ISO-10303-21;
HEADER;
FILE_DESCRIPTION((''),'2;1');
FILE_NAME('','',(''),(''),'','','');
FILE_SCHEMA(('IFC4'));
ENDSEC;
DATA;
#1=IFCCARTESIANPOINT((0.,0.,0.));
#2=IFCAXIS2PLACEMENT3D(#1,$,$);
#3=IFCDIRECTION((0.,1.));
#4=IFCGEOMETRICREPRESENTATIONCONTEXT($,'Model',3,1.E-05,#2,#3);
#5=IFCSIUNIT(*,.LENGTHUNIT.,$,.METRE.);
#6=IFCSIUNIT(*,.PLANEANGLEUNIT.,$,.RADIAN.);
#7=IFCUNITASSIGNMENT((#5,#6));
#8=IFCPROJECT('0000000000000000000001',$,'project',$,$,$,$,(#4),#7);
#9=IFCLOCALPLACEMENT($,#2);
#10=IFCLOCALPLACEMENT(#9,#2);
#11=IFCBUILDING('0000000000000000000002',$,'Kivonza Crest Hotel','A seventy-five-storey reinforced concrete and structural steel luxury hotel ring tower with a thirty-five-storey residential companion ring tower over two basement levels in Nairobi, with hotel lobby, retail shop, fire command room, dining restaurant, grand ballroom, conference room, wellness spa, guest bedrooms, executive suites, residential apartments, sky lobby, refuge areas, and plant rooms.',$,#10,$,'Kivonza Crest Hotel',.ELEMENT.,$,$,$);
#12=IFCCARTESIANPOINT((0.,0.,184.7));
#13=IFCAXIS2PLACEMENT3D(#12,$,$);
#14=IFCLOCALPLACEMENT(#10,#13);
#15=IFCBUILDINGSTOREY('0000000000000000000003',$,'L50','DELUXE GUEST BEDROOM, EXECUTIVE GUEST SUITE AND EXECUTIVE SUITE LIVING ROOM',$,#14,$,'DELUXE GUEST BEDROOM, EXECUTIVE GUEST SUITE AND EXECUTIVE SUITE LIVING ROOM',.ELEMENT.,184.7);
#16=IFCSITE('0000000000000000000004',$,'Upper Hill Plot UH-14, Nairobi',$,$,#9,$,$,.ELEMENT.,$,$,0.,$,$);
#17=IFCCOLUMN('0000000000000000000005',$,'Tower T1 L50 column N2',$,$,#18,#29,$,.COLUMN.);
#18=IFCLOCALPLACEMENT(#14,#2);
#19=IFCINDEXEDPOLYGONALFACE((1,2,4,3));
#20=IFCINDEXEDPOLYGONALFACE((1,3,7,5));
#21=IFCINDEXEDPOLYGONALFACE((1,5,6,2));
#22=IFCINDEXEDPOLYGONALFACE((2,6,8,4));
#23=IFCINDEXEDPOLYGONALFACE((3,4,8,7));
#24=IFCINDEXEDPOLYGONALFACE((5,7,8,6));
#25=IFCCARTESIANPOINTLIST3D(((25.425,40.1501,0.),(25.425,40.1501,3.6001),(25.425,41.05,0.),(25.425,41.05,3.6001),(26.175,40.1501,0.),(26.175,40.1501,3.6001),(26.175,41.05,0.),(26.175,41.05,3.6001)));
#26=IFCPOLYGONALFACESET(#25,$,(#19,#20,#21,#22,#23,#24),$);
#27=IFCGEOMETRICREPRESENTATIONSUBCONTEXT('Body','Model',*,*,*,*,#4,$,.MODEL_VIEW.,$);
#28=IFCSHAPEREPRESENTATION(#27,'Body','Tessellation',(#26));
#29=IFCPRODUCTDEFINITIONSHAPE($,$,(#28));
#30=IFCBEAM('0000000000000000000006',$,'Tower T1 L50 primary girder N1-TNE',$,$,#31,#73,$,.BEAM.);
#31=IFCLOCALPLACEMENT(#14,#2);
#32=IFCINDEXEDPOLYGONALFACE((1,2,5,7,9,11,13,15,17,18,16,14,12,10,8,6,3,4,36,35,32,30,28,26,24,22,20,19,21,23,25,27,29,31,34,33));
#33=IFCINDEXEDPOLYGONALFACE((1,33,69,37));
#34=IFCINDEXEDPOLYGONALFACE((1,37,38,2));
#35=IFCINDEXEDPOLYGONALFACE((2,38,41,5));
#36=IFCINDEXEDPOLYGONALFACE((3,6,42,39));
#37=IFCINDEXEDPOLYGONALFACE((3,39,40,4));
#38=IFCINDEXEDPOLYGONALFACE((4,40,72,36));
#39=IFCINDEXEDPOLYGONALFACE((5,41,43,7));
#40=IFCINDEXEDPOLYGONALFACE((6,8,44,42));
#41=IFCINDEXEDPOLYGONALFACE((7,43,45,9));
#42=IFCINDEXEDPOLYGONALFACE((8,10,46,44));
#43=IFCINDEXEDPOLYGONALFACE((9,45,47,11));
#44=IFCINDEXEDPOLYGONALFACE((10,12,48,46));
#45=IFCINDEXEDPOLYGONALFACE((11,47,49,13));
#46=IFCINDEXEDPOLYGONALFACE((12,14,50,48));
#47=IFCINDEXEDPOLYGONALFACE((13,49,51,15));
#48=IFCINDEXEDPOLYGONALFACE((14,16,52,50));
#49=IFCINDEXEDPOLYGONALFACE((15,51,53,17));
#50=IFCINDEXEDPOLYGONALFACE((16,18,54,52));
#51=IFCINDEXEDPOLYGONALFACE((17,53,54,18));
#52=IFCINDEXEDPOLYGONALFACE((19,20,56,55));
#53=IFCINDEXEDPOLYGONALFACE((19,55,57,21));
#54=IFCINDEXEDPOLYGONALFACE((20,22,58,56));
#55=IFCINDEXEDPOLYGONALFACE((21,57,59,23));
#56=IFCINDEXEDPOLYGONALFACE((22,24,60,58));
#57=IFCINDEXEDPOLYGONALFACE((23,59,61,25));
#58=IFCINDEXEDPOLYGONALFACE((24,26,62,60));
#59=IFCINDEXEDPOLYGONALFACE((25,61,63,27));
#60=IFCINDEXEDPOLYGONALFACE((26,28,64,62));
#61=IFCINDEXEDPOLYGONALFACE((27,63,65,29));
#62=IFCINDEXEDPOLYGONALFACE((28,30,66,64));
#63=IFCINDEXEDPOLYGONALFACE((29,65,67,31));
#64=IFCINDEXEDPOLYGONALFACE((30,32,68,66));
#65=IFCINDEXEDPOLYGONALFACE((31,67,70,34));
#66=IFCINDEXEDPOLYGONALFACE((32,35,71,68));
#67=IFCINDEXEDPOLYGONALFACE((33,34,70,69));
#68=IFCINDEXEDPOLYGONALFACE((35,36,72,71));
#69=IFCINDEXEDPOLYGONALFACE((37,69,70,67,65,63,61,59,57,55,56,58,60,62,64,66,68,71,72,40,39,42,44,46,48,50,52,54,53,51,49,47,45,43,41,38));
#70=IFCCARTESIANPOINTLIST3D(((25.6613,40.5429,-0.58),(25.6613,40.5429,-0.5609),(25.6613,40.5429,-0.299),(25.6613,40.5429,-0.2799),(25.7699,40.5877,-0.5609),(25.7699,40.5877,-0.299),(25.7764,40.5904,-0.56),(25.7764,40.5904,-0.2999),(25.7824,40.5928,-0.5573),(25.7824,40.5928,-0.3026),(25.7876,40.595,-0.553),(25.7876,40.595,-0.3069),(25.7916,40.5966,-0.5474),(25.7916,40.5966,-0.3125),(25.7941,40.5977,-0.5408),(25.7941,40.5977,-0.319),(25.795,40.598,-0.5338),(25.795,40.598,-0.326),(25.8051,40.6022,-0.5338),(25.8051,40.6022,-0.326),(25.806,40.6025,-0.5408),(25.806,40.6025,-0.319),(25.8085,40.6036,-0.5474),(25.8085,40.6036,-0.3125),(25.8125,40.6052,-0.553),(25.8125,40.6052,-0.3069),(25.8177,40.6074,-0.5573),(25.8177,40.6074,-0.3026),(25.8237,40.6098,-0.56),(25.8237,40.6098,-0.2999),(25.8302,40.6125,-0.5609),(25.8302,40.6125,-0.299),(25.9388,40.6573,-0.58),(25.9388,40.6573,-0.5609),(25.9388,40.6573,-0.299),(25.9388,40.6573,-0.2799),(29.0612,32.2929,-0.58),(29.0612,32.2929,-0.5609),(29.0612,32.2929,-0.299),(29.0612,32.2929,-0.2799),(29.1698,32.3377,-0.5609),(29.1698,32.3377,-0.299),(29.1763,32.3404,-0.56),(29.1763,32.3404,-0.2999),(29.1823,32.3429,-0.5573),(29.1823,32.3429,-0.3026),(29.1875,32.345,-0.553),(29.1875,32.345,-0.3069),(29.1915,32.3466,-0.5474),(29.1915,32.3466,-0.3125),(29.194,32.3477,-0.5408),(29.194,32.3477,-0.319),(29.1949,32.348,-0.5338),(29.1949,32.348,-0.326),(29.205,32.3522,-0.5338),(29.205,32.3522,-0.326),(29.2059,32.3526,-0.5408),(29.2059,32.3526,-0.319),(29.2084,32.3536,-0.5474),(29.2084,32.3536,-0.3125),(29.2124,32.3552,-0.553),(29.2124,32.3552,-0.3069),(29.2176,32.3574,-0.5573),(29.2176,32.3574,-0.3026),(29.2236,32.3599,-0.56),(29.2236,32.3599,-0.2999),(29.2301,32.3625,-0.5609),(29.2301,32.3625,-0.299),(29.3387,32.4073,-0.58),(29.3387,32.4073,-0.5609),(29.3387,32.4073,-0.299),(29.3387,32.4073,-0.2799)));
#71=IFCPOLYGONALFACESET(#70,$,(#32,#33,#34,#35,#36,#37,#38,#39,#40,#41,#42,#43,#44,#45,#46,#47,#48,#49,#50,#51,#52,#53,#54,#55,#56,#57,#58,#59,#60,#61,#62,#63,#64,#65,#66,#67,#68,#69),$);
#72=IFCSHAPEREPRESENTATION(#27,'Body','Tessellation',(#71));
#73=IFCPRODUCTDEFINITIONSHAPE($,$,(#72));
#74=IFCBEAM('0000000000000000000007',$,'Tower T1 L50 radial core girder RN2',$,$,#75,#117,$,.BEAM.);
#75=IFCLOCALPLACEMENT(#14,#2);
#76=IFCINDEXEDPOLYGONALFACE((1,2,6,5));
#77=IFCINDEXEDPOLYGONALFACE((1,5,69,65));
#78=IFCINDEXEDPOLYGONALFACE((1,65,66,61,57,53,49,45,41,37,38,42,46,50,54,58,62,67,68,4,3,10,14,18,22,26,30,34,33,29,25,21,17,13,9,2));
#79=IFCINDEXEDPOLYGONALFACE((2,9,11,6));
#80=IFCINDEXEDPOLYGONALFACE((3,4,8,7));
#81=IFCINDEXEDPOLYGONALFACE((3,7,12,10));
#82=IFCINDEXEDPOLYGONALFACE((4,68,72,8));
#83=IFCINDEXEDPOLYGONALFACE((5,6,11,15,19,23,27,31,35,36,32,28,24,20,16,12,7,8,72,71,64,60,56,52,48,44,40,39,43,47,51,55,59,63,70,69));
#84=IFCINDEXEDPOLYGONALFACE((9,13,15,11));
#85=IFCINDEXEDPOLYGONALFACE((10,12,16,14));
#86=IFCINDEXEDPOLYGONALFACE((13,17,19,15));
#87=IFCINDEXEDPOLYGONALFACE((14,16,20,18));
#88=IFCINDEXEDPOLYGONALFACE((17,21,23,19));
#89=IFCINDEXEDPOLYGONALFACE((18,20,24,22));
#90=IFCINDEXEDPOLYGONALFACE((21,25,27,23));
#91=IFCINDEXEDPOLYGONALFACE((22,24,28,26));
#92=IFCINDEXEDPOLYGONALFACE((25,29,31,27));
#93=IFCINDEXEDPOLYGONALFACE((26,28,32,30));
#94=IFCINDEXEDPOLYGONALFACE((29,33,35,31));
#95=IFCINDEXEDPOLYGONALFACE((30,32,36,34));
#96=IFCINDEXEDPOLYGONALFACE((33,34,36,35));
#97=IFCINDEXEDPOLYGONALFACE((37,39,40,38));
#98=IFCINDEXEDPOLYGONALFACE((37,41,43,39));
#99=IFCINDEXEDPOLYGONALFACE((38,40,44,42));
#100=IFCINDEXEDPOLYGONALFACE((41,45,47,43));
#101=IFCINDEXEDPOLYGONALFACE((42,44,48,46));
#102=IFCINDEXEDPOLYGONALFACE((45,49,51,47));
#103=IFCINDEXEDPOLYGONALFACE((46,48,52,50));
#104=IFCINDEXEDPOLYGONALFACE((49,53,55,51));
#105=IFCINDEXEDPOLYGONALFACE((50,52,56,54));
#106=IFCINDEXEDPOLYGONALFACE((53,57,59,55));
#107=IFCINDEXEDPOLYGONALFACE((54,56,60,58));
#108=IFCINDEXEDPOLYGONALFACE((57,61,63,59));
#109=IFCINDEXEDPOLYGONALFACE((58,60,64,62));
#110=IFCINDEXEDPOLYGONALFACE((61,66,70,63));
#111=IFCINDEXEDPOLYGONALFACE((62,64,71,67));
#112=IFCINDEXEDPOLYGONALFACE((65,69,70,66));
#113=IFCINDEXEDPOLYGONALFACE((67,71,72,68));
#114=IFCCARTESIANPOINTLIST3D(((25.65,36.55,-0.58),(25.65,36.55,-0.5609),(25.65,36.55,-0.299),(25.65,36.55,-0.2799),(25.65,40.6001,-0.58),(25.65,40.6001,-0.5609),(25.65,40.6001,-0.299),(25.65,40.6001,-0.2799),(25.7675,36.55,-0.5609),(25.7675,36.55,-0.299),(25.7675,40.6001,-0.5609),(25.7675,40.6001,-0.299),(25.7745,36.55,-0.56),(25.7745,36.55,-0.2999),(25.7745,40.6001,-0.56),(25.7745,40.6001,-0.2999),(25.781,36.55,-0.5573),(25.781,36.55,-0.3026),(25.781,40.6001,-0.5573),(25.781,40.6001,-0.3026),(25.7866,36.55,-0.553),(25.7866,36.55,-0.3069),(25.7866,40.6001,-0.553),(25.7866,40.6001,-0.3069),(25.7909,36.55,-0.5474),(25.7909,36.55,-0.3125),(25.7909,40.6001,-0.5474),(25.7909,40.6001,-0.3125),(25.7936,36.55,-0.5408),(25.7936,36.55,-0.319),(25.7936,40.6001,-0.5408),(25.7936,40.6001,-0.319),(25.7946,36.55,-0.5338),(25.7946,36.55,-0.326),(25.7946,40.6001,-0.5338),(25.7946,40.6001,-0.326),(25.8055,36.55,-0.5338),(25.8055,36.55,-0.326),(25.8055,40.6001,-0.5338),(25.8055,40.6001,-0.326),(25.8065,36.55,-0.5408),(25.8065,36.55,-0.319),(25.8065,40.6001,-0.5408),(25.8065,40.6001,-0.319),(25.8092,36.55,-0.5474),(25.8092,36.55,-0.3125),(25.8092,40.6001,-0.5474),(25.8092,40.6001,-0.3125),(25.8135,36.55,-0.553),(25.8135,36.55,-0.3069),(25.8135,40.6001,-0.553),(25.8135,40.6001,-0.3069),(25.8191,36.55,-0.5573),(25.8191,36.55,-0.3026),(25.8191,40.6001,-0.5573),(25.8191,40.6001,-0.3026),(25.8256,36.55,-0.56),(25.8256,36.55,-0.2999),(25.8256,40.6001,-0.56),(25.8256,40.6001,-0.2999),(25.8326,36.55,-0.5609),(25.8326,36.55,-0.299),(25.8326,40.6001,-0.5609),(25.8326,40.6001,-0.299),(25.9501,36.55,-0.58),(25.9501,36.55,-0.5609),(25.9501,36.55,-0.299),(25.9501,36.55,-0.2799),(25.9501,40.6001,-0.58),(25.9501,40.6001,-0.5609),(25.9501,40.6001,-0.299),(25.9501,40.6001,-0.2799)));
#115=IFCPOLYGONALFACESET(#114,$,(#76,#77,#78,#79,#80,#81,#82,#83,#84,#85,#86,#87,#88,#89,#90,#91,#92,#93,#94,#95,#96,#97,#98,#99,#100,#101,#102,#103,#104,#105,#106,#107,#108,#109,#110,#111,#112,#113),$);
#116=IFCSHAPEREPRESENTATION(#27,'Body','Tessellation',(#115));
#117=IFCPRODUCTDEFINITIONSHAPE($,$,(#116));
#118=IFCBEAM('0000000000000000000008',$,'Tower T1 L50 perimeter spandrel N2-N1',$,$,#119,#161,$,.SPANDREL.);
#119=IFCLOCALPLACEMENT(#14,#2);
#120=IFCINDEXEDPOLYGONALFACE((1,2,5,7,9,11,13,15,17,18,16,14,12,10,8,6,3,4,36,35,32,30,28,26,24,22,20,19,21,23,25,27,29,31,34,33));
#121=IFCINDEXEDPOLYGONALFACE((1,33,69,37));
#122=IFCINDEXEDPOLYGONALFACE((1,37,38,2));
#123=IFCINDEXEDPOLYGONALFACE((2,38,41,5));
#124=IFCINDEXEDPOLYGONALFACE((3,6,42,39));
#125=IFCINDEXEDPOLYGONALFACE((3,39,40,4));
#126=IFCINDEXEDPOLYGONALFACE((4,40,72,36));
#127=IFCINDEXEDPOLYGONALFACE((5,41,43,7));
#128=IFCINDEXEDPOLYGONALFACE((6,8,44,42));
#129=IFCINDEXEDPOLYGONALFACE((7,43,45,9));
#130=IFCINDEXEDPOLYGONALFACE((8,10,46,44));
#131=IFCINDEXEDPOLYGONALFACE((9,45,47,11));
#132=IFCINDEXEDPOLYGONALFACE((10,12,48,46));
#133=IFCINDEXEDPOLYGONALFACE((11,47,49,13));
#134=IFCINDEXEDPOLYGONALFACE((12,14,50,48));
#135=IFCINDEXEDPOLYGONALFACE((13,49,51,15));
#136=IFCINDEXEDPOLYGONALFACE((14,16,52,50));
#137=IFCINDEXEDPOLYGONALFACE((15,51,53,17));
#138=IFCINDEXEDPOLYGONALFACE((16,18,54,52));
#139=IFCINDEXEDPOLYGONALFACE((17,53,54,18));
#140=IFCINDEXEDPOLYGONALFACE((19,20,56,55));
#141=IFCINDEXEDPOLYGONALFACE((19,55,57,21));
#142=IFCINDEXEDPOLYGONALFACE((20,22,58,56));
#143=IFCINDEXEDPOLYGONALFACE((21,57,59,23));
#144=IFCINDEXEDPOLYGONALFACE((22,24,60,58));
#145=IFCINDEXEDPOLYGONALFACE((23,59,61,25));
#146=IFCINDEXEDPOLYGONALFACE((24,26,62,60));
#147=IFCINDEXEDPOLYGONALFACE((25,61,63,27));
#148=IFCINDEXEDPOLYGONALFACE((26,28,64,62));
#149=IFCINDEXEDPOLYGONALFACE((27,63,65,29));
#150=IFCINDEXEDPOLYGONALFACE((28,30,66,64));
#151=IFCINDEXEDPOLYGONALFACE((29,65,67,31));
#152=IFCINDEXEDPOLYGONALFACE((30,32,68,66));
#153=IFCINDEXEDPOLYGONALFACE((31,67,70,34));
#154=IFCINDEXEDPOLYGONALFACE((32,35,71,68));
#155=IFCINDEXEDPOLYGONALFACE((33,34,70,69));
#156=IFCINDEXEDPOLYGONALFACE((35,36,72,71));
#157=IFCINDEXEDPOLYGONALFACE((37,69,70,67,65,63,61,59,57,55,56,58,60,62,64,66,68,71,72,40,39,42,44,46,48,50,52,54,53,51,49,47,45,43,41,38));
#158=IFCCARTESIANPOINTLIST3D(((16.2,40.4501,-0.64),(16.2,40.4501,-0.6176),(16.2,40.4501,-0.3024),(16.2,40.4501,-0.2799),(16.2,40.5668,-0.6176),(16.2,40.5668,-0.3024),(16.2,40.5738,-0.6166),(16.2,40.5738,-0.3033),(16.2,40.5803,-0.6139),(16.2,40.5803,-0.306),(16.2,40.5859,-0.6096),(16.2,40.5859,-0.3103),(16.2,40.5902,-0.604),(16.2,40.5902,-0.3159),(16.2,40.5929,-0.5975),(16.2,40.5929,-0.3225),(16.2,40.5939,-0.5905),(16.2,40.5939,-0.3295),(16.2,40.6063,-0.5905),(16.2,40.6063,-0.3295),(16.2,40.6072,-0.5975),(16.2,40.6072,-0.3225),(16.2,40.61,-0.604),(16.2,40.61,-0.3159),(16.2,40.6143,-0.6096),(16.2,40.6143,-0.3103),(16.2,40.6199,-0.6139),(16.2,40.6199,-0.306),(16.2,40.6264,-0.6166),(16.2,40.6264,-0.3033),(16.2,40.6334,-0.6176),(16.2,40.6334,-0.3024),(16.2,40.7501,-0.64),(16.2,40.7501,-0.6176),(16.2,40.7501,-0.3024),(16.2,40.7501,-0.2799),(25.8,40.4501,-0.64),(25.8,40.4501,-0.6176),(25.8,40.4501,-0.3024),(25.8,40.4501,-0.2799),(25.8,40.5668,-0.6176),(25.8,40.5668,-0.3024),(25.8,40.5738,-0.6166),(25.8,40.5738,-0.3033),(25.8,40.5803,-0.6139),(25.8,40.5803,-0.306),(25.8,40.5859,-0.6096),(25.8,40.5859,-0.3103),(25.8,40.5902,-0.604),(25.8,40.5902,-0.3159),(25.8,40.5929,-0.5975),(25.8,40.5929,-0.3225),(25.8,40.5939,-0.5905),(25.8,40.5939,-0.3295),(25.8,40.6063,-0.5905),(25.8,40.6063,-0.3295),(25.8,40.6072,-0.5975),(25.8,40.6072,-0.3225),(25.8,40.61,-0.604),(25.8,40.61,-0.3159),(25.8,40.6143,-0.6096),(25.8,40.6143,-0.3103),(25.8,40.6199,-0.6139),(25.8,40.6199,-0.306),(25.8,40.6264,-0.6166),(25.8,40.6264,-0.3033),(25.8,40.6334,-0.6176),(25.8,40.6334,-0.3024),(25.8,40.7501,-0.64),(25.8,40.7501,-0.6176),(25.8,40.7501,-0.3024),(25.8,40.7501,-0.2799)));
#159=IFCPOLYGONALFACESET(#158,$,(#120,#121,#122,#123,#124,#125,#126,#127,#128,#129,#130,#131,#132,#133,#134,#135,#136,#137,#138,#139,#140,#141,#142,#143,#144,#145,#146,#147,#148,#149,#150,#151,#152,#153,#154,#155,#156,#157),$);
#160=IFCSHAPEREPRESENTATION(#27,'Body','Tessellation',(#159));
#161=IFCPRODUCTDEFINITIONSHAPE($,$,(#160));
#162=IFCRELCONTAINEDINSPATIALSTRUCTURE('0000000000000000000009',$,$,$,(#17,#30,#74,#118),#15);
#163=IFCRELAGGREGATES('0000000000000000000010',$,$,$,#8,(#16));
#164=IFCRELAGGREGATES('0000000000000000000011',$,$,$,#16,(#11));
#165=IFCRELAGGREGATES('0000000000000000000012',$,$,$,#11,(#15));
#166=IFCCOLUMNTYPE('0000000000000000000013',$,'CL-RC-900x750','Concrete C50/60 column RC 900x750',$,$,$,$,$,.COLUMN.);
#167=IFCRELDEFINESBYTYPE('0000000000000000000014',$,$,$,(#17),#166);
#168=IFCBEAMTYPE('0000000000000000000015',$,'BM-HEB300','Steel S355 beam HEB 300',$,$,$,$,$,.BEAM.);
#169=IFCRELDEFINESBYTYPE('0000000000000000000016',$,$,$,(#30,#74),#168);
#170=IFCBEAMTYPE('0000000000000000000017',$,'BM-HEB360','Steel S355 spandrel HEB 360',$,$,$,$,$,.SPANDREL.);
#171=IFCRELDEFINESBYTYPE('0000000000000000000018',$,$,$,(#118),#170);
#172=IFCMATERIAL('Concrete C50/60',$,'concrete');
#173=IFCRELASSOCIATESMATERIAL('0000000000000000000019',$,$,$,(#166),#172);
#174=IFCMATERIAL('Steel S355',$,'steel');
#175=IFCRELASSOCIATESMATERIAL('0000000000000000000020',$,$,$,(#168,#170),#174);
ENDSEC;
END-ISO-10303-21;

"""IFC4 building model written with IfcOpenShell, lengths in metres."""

from ifc_helpers import new_model, si_unit, direction, frame, origin, origin_2d, place, context, subcontext, project, spatial, rectangle, i_section, extrude, material, material_profile, profile_set, type_object, element, save


model = new_model("IFC4")

# Units and contexts
model_context = context("Model", 3, precision=1e-05, world=origin(), true_north=direction((0.0, 1.0)))
body_context = subcontext(model_context, "Body", "Model", "MODEL_VIEW")
ifc_project = project(units=[si_unit("LENGTHUNIT", "METRE"), si_unit("PLANEANGLEUNIT", "RADIAN")], contexts=[model_context])

# Site, building, storey
site_placement = place(None, origin())
site = spatial("IfcSite", under=ifc_project, at=site_placement, Name="Upper Hill Plot UH-14, Nairobi", CompositionType="ELEMENT", RefElevation=0.0)
building_placement = place(site_placement, origin())
building = spatial("IfcBuilding", under=site, at=building_placement, Name="Kivonza Crest Hotel", Description="A seventy-five-storey reinforced concrete and structural steel luxury hotel ring tower with a thirty-five-storey residential companion ring tower over two basement levels in Nairobi, with hotel lobby, retail shop, fire command room, dining restaurant, grand ballroom, conference room, wellness spa, guest bedrooms, executive suites, residential apartments, sky lobby, refuge areas, and plant rooms.", LongName="Kivonza Crest Hotel", CompositionType="ELEMENT")
storey_placement = place(building_placement, frame((0.0, 0.0, 184.7)))
storey = spatial("IfcBuildingStorey", under=building, at=storey_placement, Name="L50", Description="DELUXE GUEST BEDROOM, EXECUTIVE GUEST SUITE AND EXECUTIVE SUITE LIVING ROOM", LongName="DELUXE GUEST BEDROOM, EXECUTIVE GUEST SUITE AND EXECUTIVE SUITE LIVING ROOM", CompositionType="ELEMENT", Elevation=184.7)

# Column
ifc_material_1 = material(Name="Concrete C50/60", Category="concrete")
ifc_material_profile_1 = material_profile(ifc_material_1, rectangle(XDim=0.75, YDim=0.8999, at=origin_2d()), Name="RC 900x750")
ifc_profile_set_1 = profile_set([ifc_material_profile_1], Name="Concrete C50/60")
column_type = type_object("IfcColumnType", Name="CL-RC-900x750", Description="Concrete C50/60 column RC 900x750", PredefinedType="COLUMN", material=ifc_profile_set_1)
column_placement = place(storey_placement, frame((25.8, 40.6001, 0.0), z_axis=(0.0, 0.0, 1.0), x_axis=(1.0, 0.0, 0.0)))
element("IfcColumn", 1, at=column_placement, inside=storey, type_object=column_type, Name="Tower T1 L50 column N2", PredefinedType="COLUMN", context=body_context, shape_type="SweptSolid", body=[
    extrude(rectangle(XDim=0.75, YDim=0.8999, at=origin_2d()), origin(), (0.0, 0.0, 1.0), 3.6001),
])

# Beams
ifc_material_2 = material(Name="Steel S355", Category="steel")
ifc_material_profile_2 = material_profile(ifc_material_2, i_section(OverallWidth=0.3, OverallDepth=0.3, WebThickness=0.011, FlangeThickness=0.019, FilletRadius=0.0271, at=origin_2d()), Name="HEB 300")
ifc_profile_set_2 = profile_set([ifc_material_profile_2], Name="Steel S355")
beam_type_1 = type_object("IfcBeamType", Name="BM-HEB300", Description="Steel S355 beam HEB 300", PredefinedType="BEAM", material=ifc_profile_set_2)
beam_1_placement = place(storey_placement, frame((25.8, 40.6001, -0.4299), z_axis=(0.381022, -0.924566, 0.0), x_axis=(0.924566, 0.381022, 0.0)))
element("IfcBeam", 2, at=beam_1_placement, inside=storey, type_object=beam_type_1, Name="Tower T1 L50 primary girder N1-TNE", PredefinedType="BEAM", context=body_context, shape_type="SweptSolid", body=[
    extrude(i_section(OverallWidth=0.3, OverallDepth=0.3, WebThickness=0.011, FlangeThickness=0.019, FilletRadius=0.0271, at=origin_2d()), origin(), (0.0, 0.0, 1.0), 8.9231),
])
beam_2_placement = place(storey_placement, frame((25.8, 40.6001, -0.4299), z_axis=(0.0, -1.0, 0.0), x_axis=(1.0, 0.0, 0.0)))
element("IfcBeam", 3, at=beam_2_placement, inside=storey, type_object=beam_type_1, Name="Tower T1 L50 radial core girder RN2", PredefinedType="BEAM", context=body_context, shape_type="SweptSolid", body=[
    extrude(i_section(OverallWidth=0.3, OverallDepth=0.3, WebThickness=0.011, FlangeThickness=0.019, FilletRadius=0.0271, at=origin_2d()), origin(), (0.0, 0.0, 1.0), 4.05),
])
ifc_material_profile_3 = material_profile(ifc_material_2, i_section(OverallWidth=0.3, OverallDepth=0.3601, WebThickness=0.0125, FlangeThickness=0.0225, FilletRadius=0.0271, at=origin_2d()), Name="HEB 360")
ifc_profile_set_3 = profile_set([ifc_material_profile_3], Name="Steel S355")
beam_type_2 = type_object("IfcBeamType", Name="BM-HEB360", Description="Steel S355 spandrel HEB 360", PredefinedType="SPANDREL", material=ifc_profile_set_3)
beam_3_placement = place(storey_placement, frame((25.8, 40.6001, -0.46), z_axis=(-1.0, 0.0, 0.0), x_axis=(0.0, -1.0, 0.0)))
element("IfcBeam", 4, at=beam_3_placement, inside=storey, type_object=beam_type_2, Name="Tower T1 L50 perimeter spandrel N2-N1", PredefinedType="SPANDREL", context=body_context, shape_type="SweptSolid", body=[
    extrude(i_section(OverallWidth=0.3, OverallDepth=0.3601, WebThickness=0.0125, FlangeThickness=0.0225, FilletRadius=0.0271, at=origin_2d()), origin(), (0.0, 0.0, 1.0), 9.6001),
])

save(model, "model.ifc")
